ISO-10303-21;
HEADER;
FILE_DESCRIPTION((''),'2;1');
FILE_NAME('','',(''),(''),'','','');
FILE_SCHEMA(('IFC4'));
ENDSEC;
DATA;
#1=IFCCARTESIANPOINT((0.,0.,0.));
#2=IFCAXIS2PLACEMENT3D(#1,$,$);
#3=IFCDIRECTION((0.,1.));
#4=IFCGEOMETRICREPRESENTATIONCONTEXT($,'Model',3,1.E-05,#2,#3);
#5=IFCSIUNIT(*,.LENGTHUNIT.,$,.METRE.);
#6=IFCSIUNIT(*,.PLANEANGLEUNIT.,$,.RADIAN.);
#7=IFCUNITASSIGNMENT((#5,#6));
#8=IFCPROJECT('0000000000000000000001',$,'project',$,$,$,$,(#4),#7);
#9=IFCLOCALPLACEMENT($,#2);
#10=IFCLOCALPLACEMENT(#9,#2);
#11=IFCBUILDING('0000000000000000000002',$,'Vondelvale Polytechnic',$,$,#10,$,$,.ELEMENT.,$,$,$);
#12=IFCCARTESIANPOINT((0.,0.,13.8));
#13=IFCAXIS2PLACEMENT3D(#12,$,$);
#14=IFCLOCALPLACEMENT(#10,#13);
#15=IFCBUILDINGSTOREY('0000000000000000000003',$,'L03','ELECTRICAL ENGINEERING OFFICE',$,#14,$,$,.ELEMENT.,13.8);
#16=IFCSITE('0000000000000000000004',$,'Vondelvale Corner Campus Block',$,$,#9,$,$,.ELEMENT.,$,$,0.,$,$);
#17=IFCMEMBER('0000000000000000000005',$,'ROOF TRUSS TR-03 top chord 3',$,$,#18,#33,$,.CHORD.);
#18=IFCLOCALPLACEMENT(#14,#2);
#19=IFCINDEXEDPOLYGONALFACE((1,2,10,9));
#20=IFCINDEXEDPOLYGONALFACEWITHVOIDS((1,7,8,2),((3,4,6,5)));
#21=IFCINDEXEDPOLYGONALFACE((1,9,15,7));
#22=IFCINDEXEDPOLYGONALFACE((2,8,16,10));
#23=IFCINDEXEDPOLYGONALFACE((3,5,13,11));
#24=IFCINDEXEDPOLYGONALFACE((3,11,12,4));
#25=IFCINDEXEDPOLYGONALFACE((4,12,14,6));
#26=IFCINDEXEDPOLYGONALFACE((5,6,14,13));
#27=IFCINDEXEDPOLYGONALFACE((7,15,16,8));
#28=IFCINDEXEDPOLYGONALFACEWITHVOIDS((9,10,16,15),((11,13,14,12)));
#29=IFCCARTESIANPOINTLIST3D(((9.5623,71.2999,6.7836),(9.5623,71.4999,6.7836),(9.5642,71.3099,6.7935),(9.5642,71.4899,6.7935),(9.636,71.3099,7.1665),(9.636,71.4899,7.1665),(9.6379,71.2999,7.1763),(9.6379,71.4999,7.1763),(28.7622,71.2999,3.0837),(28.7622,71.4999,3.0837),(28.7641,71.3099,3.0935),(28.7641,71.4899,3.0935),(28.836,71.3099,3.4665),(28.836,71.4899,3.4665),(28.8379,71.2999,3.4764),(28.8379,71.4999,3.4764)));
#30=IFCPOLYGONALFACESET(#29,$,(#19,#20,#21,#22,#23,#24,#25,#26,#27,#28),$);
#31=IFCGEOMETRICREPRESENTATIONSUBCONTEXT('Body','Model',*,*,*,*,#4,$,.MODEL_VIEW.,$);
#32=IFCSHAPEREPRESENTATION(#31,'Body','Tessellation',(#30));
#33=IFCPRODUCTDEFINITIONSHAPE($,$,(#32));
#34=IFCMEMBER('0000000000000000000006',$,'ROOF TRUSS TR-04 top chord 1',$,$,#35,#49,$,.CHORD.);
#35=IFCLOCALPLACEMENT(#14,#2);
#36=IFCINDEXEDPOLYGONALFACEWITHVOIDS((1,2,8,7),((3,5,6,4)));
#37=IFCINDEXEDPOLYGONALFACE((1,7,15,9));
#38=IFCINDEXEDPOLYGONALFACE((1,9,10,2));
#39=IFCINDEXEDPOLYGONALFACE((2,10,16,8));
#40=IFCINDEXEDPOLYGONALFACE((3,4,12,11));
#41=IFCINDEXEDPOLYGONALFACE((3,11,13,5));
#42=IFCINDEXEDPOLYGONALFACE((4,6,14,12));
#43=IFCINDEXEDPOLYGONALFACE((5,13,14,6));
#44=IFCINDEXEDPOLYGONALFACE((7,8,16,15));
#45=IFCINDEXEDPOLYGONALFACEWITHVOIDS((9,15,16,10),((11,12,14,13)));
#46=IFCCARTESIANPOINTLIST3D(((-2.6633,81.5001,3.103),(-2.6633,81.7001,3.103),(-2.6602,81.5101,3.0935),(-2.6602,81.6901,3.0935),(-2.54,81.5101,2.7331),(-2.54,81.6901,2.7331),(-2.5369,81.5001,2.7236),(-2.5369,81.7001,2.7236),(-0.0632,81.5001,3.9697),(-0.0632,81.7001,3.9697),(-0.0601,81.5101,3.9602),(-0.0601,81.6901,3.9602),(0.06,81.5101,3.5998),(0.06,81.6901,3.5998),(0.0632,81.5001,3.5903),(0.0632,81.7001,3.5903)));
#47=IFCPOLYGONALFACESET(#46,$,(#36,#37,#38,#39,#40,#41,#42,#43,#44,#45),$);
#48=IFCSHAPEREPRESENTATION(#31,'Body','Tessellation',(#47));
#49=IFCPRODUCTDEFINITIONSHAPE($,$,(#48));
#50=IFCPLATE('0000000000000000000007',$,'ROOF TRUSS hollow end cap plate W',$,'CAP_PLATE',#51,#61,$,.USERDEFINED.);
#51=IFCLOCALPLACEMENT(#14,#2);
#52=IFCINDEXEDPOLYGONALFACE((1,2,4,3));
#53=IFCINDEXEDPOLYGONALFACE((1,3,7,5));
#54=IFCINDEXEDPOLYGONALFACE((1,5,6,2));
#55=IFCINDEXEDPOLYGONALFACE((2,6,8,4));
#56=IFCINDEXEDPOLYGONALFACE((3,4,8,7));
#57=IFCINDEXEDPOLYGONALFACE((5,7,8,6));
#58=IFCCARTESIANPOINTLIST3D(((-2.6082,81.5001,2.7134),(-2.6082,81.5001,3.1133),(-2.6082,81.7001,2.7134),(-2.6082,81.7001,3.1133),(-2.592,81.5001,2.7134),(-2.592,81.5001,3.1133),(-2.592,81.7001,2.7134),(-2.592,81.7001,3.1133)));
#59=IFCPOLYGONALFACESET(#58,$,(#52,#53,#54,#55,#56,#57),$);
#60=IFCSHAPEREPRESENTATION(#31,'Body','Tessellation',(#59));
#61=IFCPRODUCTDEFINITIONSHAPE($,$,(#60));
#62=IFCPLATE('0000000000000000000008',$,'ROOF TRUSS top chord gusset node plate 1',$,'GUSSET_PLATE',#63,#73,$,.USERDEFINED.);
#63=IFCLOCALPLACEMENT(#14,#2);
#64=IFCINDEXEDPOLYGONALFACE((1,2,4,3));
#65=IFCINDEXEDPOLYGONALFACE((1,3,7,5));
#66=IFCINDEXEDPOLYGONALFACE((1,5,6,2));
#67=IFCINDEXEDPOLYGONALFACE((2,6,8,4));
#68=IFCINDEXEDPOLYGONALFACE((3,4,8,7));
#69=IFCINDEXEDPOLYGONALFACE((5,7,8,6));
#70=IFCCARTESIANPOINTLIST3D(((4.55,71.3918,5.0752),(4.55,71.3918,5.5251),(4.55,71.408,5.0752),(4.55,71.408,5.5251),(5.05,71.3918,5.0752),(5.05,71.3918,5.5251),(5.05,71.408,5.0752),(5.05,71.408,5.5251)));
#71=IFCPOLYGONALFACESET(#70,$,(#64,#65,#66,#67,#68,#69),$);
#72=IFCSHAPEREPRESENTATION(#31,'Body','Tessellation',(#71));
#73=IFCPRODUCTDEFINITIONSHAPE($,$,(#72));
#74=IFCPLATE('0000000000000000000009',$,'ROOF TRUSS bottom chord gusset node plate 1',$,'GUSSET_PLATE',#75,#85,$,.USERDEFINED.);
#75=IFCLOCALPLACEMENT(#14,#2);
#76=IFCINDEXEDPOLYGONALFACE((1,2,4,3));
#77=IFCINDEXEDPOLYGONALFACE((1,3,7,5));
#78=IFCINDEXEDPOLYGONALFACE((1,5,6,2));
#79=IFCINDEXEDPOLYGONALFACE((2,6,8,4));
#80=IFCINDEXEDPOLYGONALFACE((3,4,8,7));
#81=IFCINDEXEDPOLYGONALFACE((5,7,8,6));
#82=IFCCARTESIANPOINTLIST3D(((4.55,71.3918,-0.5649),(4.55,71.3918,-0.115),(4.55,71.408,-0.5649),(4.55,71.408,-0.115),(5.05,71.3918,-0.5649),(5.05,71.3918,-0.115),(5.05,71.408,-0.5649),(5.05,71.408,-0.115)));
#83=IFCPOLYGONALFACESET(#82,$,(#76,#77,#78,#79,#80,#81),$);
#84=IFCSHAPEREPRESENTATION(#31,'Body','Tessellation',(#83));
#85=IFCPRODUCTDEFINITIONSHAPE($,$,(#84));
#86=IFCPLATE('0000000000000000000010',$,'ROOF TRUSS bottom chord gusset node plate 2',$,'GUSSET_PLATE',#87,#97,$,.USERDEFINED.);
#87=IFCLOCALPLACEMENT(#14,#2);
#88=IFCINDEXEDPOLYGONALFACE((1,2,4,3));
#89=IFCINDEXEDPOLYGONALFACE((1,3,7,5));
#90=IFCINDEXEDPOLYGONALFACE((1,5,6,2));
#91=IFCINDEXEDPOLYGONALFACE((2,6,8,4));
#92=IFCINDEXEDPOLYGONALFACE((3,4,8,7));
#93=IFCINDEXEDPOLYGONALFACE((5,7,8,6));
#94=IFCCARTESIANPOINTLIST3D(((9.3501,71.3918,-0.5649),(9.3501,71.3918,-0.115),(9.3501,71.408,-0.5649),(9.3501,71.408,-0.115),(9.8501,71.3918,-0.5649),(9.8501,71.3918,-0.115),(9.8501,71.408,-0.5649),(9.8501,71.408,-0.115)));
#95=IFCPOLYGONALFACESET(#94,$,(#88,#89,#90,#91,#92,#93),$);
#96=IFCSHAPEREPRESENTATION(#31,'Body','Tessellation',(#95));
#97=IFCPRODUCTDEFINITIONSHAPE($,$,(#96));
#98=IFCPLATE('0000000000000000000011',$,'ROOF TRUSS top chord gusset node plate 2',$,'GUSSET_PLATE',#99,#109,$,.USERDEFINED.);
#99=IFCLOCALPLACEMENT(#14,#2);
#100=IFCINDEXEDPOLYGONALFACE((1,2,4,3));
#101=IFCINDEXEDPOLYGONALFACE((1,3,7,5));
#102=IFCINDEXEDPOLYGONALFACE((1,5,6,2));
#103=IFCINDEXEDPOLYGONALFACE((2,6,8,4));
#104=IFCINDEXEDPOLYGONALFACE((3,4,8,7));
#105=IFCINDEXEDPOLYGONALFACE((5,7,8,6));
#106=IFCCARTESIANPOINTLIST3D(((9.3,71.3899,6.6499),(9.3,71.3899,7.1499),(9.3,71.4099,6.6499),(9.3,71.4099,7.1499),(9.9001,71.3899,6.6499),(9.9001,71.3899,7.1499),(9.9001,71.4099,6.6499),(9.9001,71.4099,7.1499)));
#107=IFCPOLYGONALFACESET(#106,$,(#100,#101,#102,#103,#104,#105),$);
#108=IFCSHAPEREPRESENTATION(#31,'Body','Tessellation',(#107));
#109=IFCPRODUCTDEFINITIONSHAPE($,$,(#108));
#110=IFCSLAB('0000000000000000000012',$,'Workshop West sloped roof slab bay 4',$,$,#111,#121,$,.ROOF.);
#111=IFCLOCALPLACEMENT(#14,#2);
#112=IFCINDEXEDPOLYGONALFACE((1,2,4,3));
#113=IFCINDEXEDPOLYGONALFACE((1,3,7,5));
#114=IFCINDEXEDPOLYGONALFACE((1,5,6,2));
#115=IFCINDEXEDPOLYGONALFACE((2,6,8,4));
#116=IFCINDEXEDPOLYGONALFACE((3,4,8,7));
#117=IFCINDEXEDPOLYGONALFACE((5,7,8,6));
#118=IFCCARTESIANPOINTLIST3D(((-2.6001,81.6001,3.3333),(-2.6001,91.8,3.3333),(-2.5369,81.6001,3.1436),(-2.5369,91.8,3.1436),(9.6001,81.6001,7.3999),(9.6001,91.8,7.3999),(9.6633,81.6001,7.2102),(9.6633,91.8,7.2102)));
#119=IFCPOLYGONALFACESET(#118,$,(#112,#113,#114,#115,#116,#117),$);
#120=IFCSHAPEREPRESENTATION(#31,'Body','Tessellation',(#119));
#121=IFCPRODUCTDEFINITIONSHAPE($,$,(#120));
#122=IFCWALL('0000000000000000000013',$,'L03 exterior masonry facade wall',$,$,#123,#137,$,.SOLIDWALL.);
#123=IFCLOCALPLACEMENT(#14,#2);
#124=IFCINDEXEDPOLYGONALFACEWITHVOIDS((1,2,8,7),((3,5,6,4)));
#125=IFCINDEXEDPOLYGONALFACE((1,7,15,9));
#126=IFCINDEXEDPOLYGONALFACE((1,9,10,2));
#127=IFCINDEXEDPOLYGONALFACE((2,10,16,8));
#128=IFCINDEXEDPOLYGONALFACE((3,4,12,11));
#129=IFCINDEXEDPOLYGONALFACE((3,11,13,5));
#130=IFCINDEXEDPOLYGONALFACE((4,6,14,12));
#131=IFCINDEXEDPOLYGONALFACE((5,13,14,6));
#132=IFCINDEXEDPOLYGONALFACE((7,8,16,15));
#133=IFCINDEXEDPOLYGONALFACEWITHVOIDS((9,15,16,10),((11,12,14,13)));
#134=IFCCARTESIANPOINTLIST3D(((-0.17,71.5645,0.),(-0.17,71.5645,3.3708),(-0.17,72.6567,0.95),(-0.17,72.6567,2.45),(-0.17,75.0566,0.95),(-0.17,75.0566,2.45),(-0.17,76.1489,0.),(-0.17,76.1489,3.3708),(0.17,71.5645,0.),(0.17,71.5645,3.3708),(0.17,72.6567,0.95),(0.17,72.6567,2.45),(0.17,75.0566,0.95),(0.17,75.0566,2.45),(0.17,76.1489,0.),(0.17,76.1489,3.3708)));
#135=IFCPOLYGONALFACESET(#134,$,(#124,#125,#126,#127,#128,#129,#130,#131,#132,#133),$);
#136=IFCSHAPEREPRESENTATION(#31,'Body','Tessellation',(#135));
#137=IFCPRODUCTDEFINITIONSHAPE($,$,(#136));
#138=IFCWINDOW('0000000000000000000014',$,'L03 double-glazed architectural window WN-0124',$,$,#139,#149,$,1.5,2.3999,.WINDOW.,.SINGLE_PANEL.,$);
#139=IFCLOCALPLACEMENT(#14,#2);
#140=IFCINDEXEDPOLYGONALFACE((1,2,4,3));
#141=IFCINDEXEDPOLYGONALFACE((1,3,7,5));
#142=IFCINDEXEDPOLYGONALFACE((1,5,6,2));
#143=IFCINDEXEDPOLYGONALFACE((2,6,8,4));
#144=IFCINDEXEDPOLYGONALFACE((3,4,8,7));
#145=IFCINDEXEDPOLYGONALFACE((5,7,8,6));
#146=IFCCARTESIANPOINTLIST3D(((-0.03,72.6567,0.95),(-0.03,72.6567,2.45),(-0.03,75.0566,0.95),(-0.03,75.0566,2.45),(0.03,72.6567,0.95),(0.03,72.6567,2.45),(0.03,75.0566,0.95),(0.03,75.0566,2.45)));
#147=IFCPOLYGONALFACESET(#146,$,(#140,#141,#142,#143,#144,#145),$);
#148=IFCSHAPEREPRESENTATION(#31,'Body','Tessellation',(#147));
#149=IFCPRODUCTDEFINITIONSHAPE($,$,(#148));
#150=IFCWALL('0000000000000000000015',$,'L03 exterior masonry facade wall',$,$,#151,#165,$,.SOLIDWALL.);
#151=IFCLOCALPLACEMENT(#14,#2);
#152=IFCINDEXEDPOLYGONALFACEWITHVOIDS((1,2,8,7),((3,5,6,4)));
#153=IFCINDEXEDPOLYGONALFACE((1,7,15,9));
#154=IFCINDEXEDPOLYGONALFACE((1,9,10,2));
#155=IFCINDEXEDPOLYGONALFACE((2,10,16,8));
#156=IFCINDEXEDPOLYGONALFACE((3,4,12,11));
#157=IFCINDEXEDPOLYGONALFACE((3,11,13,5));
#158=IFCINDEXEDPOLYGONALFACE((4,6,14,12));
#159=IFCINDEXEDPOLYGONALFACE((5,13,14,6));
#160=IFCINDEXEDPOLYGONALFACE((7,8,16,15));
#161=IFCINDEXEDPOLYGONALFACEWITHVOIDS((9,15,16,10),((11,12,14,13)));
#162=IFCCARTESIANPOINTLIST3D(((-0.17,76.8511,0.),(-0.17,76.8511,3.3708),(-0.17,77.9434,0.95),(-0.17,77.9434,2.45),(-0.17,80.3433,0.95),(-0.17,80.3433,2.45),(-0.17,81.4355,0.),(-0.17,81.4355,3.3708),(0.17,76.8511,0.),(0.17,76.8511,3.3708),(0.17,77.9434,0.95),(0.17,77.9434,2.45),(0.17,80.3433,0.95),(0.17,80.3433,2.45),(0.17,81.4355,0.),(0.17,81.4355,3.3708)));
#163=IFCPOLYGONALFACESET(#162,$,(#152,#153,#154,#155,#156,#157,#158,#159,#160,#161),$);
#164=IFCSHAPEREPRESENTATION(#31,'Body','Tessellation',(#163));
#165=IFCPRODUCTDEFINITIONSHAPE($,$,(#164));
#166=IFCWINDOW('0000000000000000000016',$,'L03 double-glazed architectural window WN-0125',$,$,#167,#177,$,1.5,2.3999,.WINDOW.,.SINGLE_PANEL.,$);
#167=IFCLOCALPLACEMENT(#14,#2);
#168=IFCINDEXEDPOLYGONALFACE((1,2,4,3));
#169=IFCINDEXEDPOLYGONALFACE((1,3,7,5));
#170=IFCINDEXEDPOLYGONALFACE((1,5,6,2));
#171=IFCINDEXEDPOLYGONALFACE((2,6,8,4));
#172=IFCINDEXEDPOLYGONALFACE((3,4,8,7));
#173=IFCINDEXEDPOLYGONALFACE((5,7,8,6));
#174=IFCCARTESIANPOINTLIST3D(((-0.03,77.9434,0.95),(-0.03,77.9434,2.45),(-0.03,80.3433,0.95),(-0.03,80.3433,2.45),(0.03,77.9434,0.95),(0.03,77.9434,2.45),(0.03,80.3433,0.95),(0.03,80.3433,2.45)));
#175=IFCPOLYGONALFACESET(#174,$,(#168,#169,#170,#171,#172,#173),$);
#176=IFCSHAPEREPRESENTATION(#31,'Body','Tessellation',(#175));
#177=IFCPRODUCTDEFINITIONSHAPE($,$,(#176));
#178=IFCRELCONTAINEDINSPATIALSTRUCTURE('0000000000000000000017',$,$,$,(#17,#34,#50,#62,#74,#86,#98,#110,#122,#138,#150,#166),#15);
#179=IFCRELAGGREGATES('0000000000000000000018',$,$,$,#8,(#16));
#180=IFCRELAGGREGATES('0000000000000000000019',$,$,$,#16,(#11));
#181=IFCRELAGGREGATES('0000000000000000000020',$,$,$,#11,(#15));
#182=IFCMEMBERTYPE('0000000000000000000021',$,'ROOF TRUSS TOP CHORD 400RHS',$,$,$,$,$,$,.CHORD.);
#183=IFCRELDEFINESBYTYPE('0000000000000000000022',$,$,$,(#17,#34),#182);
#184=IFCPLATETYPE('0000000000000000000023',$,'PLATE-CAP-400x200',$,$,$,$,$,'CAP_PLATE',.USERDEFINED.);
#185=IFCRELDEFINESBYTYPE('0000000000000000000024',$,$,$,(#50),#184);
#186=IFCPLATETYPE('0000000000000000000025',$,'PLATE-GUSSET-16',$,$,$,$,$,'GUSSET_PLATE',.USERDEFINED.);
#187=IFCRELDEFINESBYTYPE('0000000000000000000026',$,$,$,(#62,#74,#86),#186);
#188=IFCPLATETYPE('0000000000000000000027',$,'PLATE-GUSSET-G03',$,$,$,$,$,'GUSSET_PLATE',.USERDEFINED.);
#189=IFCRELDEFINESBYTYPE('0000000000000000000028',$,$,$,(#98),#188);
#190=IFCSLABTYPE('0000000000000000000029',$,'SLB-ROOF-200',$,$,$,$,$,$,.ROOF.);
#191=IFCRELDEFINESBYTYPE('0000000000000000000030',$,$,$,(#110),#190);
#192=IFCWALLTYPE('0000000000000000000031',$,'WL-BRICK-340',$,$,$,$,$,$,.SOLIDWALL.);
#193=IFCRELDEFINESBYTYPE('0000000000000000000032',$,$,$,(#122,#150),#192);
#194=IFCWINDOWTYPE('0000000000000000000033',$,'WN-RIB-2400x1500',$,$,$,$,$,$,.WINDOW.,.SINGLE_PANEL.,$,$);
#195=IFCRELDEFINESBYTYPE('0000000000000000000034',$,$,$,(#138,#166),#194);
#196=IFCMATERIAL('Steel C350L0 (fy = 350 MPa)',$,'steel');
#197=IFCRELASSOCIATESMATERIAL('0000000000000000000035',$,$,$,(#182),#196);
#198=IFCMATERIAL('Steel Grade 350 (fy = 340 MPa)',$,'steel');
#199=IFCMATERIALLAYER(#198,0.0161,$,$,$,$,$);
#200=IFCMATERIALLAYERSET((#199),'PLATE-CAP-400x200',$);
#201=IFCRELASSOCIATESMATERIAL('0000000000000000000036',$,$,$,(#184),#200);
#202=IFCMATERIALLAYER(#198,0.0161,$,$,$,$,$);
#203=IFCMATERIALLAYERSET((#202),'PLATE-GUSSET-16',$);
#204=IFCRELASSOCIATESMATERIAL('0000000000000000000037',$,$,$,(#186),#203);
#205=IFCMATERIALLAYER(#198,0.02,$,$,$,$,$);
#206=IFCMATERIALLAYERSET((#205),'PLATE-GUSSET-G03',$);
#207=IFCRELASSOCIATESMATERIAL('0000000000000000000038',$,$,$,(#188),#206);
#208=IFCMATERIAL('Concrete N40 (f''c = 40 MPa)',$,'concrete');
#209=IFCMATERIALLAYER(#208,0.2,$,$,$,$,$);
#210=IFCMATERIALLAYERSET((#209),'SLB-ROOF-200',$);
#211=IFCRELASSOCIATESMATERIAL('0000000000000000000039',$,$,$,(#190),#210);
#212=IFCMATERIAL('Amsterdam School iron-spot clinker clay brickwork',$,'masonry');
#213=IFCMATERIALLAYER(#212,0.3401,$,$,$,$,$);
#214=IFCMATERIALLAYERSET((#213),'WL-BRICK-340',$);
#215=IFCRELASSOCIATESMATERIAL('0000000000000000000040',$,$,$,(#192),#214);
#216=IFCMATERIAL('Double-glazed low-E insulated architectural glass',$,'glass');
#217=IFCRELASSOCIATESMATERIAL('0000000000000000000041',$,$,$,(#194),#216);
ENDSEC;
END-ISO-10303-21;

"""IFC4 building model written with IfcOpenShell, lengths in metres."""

from ifc_helpers import new_model, si_unit, direction, frame, frame_2d, origin, origin_2d, place, context, subcontext, project, spatial, polyline, rectangle, hollow_rectangle, outline, extrude, material, layer, layer_set, material_profile, profile_set, type_object, element, fill, save


model = new_model("IFC4")

# Units and contexts
model_context = context("Model", 3, precision=1e-05, world=origin(), true_north=direction((0.0, 1.0)))
body_context = subcontext(model_context, "Body", "Model", "MODEL_VIEW")
ifc_project = project(units=[si_unit("LENGTHUNIT", "METRE"), si_unit("PLANEANGLEUNIT", "RADIAN")], contexts=[model_context])

# Site, building, storey
site_placement = place(None, origin())
site = spatial("IfcSite", under=ifc_project, at=site_placement, Name="Vondelvale Corner Campus Block", CompositionType="ELEMENT", RefElevation=0.0)
building_placement = place(site_placement, origin())
building = spatial("IfcBuilding", under=site, at=building_placement, Name="Vondelvale Polytechnic", CompositionType="ELEMENT")
storey_placement = place(building_placement, frame((0.0, 0.0, 13.8)))
storey = spatial("IfcBuildingStorey", under=building, at=storey_placement, Name="L03", Description="ELECTRICAL ENGINEERING OFFICE", CompositionType="ELEMENT", Elevation=13.8)

# Members
ifc_material_1 = material(Name="Steel C350L0 (fy = 350 MPa)", Category="steel")
ifc_material_profile_1 = material_profile(ifc_material_1, hollow_rectangle(XDim=0.2, YDim=0.3999, WallThickness=0.01, at=origin_2d()), Name="400x200x10.0RHS")
ifc_profile_set_1 = profile_set([ifc_material_profile_1], Name="Steel C350L0 (fy = 350 MPa)")
member_type_1 = type_object("IfcMemberType", Name="ROOF TRUSS TOP CHORD 400RHS", PredefinedType="CHORD", material=ifc_profile_set_1)
member_1_placement = place(storey_placement, frame((9.6001, 71.3999, 6.98), z_axis=(0.981934, 0.0, -0.189225), x_axis=(0.0, 1.0, 0.0)))
element("IfcMember", 1, at=member_1_placement, inside=storey, type_object=member_type_1, Name="ROOF TRUSS TR-03 top chord 3", PredefinedType="CHORD", context=body_context, shape_type="SweptSolid", body=[
    extrude(hollow_rectangle(XDim=0.2, YDim=0.3999, WallThickness=0.01, at=origin_2d()), origin(), (0.0, 0.0, 1.0), 19.5532),
])
member_2_placement = place(storey_placement, frame((-2.6001, 81.6001, 2.9133), z_axis=(0.948683, 0.0, 0.316228), x_axis=(0.0, 1.0, 0.0)))
element("IfcMember", 2, at=member_2_placement, inside=storey, type_object=member_type_1, Name="ROOF TRUSS TR-04 top chord 1", PredefinedType="CHORD", context=body_context, shape_type="SweptSolid", body=[
    extrude(hollow_rectangle(XDim=0.2, YDim=0.3999, WallThickness=0.01, at=origin_2d()), origin(), (0.0, 0.0, 1.0), 2.7407),
])

# Plates
ifc_material_2 = material(Name="Steel Grade 350 (fy = 340 MPa)", Category="steel")
ifc_layer_1 = layer(ifc_material_2, 0.0161)
ifc_layer_set_1 = layer_set([ifc_layer_1], Name="PLATE-CAP-400x200")
plate_type_1 = type_object("IfcPlateType", Name="PLATE-CAP-400x200", ElementType="CAP_PLATE", PredefinedType="USERDEFINED", material=ifc_layer_set_1)
plate_1_placement = place(storey_placement, frame((-2.6001, 81.6001, 2.7134), z_axis=(0.0, 0.0, 1.0), x_axis=(1.0, 0.0, 0.0)))
element("IfcPlate", 3, at=plate_1_placement, inside=storey, type_object=plate_type_1, Name="ROOF TRUSS hollow end cap plate W", ObjectType="CAP_PLATE", PredefinedType="USERDEFINED", context=body_context, shape_type="SweptSolid", body=[
    extrude(rectangle(XDim=0.0161, YDim=0.2, at=origin_2d()), origin(), (0.0, 0.0, 1.0), 0.3999),
])
ifc_layer_2 = layer(ifc_material_2, 0.0161)
ifc_layer_set_2 = layer_set([ifc_layer_2], Name="PLATE-GUSSET-16")
plate_type_2 = type_object("IfcPlateType", Name="PLATE-GUSSET-16", ElementType="GUSSET_PLATE", PredefinedType="USERDEFINED", material=ifc_layer_set_2)
for number, where, z_axis, x_axis, name in (
    (4, (4.8, 71.3999, 5.0752), (0.0, 0.0, 1.0), (1.0, 0.0, 0.0), "ROOF TRUSS top chord gusset node plate 1"),
    (5, (4.8, 71.3999, -0.5649), (0.0, 0.0, 1.0), (1.0, 0.0, 0.0), "ROOF TRUSS bottom chord gusset node plate 1"),
    (6, (9.6001, 71.3999, -0.5649), (0.0, 0.0, 1.0), (1.0, 0.0, 0.0), "ROOF TRUSS bottom chord gusset node plate 2"),
):
    element("IfcPlate", number, at=place(storey_placement, frame(where, z_axis=z_axis, x_axis=x_axis)), inside=storey, type_object=plate_type_2, Name=name, ObjectType="GUSSET_PLATE", PredefinedType="USERDEFINED", context=body_context, shape_type="SweptSolid", body=[
        extrude(rectangle(XDim=0.5, YDim=0.0161, at=origin_2d()), origin(), (0.0, 0.0, 1.0), 0.45),
    ])
ifc_layer_3 = layer(ifc_material_2, 0.02)
ifc_layer_set_3 = layer_set([ifc_layer_3], Name="PLATE-GUSSET-G03")
plate_type_3 = type_object("IfcPlateType", Name="PLATE-GUSSET-G03", ElementType="GUSSET_PLATE", PredefinedType="USERDEFINED", material=ifc_layer_set_3)
plate_2_placement = place(storey_placement, frame((9.6001, 71.3999, 6.6499), z_axis=(0.0, 0.0, 1.0), x_axis=(1.0, 0.0, 0.0)))
element("IfcPlate", 7, at=plate_2_placement, inside=storey, type_object=plate_type_3, Name="ROOF TRUSS top chord gusset node plate 2", ObjectType="GUSSET_PLATE", PredefinedType="USERDEFINED", context=body_context, shape_type="SweptSolid", body=[
    extrude(rectangle(XDim=0.6001, YDim=0.02, at=origin_2d()), origin(), (0.0, 0.0, 1.0), 0.5),
])

# Slab
ifc_material_3 = material(Name="Concrete N40 (f'c = 40 MPa)", Category="concrete")
ifc_layer_4 = layer(ifc_material_3, 0.2)
ifc_layer_set_4 = layer_set([ifc_layer_4], Name="SLB-ROOF-200")
slab_type = type_object("IfcSlabType", Name="SLB-ROOF-200", PredefinedType="ROOF", material=ifc_layer_set_4)
slab_placement = place(storey_placement, frame((-2.6001, 81.6001, 3.3333), z_axis=(-0.316222, 0.0, 0.948685), x_axis=(0.948685, 0.0, 0.316222)))
element("IfcSlab", 8, at=slab_placement, inside=storey, type_object=slab_type, Name="Workshop West sloped roof slab bay 4", PredefinedType="ROOF", context=body_context, shape_type="SweptSolid", body=[
    extrude(outline(polyline([(0.0, 0.0), (12.8601, 0.0), (12.8601, 10.2), (0.0, 10.2), (0.0, 0.0)])), origin(), (0.0, 0.0, -1.0), 0.2),
])

# Walls, openings, windows
ifc_material_4 = material(Name="Amsterdam School iron-spot clinker clay brickwork", Category="masonry")
ifc_layer_5 = layer(ifc_material_4, 0.3401)
ifc_layer_set_5 = layer_set([ifc_layer_5], Name="WL-BRICK-340")
wall_type = type_object("IfcWallType", Name="WL-BRICK-340", PredefinedType="SOLIDWALL", material=ifc_layer_set_5)
wall_1_placement = place(storey_placement, frame((0.0, 71.5645, 0.0), z_axis=(0.0, 0.0, 1.0), x_axis=(0.0, 1.0, 0.0)))
wall_1 = element("IfcWall", 9, at=wall_1_placement, inside=storey, type_object=wall_type, Name="L03 exterior masonry facade wall", PredefinedType="SOLIDWALL", context=body_context, shape_type="SweptSolid", body=[
    extrude(rectangle(XDim=4.5845, YDim=0.3401, at=frame_2d((2.2922, 0.0))), origin(), (0.0, 0.0, 1.0), 3.3708),
])
opening_1_placement = place(wall_1_placement, frame((1.0923, 0.0, 0.95)))
opening_1 = element("IfcOpeningElement", 10, at=opening_1_placement, cuts=wall_1, PredefinedType="OPENING", context=body_context, shape_type="SweptSolid", body=[
    extrude(rectangle(XDim=2.3999, YDim=1.5, at=frame_2d((1.2, 0.75))), frame((0.0, 0.1799, 0.0), z_axis=(0.0, -1.0, 0.0), x_axis=(1.0, 0.0, 0.0)), (0.0, 0.0, 1.0), 0.3601),
])
ifc_material_5 = material(Name="Double-glazed low-E insulated architectural glass", Category="glass")
window_type = type_object("IfcWindowType", Name="WN-RIB-2400x1500", PartitioningType="SINGLE_PANEL", PredefinedType="WINDOW", material=ifc_material_5)
window_1_placement = place(opening_1_placement, origin())
window_1 = element("IfcWindow", 11, at=window_1_placement, inside=storey, type_object=window_type, Name="L03 double-glazed architectural window WN-0124", OverallHeight=1.5, OverallWidth=2.3999, PartitioningType="SINGLE_PANEL", PredefinedType="WINDOW", context=body_context, shape_type="SweptSolid", body=[
    extrude(rectangle(XDim=2.3999, YDim=1.5, at=frame_2d((1.2, 0.75))), frame((0.0, 0.03, 0.0), z_axis=(0.0, -1.0, 0.0), x_axis=(1.0, 0.0, 0.0)), (0.0, 0.0, 1.0), 0.0601),
])
fill(opening_1, window_1)
wall_2_placement = place(storey_placement, frame((0.0, 76.8511, 0.0), z_axis=(0.0, 0.0, 1.0), x_axis=(0.0, 1.0, 0.0)))
wall_2 = element("IfcWall", 12, at=wall_2_placement, inside=storey, type_object=wall_type, Name="L03 exterior masonry facade wall", PredefinedType="SOLIDWALL", context=body_context, shape_type="SweptSolid", body=[
    extrude(rectangle(XDim=4.5845, YDim=0.3401, at=frame_2d((2.2922, 0.0))), origin(), (0.0, 0.0, 1.0), 3.3708),
])
opening_2_placement = place(wall_2_placement, frame((1.0923, 0.0, 0.95)))
opening_2 = element("IfcOpeningElement", 13, at=opening_2_placement, cuts=wall_2, PredefinedType="OPENING", context=body_context, shape_type="SweptSolid", body=[
    extrude(rectangle(XDim=2.3999, YDim=1.5, at=frame_2d((1.2, 0.75))), frame((0.0, 0.1799, 0.0), z_axis=(0.0, -1.0, 0.0), x_axis=(1.0, 0.0, 0.0)), (0.0, 0.0, 1.0), 0.3601),
])
window_2_placement = place(opening_2_placement, origin())
window_2 = element("IfcWindow", 14, at=window_2_placement, inside=storey, type_object=window_type, Name="L03 double-glazed architectural window WN-0125", OverallHeight=1.5, OverallWidth=2.3999, PartitioningType="SINGLE_PANEL", PredefinedType="WINDOW", context=body_context, shape_type="SweptSolid", body=[
    extrude(rectangle(XDim=2.3999, YDim=1.5, at=frame_2d((1.2, 0.75))), frame((0.0, 0.03, 0.0), z_axis=(0.0, -1.0, 0.0), x_axis=(1.0, 0.0, 0.0)), (0.0, 0.0, 1.0), 0.0601),
])
fill(opening_2, window_2)

save(model, "model.ifc")
